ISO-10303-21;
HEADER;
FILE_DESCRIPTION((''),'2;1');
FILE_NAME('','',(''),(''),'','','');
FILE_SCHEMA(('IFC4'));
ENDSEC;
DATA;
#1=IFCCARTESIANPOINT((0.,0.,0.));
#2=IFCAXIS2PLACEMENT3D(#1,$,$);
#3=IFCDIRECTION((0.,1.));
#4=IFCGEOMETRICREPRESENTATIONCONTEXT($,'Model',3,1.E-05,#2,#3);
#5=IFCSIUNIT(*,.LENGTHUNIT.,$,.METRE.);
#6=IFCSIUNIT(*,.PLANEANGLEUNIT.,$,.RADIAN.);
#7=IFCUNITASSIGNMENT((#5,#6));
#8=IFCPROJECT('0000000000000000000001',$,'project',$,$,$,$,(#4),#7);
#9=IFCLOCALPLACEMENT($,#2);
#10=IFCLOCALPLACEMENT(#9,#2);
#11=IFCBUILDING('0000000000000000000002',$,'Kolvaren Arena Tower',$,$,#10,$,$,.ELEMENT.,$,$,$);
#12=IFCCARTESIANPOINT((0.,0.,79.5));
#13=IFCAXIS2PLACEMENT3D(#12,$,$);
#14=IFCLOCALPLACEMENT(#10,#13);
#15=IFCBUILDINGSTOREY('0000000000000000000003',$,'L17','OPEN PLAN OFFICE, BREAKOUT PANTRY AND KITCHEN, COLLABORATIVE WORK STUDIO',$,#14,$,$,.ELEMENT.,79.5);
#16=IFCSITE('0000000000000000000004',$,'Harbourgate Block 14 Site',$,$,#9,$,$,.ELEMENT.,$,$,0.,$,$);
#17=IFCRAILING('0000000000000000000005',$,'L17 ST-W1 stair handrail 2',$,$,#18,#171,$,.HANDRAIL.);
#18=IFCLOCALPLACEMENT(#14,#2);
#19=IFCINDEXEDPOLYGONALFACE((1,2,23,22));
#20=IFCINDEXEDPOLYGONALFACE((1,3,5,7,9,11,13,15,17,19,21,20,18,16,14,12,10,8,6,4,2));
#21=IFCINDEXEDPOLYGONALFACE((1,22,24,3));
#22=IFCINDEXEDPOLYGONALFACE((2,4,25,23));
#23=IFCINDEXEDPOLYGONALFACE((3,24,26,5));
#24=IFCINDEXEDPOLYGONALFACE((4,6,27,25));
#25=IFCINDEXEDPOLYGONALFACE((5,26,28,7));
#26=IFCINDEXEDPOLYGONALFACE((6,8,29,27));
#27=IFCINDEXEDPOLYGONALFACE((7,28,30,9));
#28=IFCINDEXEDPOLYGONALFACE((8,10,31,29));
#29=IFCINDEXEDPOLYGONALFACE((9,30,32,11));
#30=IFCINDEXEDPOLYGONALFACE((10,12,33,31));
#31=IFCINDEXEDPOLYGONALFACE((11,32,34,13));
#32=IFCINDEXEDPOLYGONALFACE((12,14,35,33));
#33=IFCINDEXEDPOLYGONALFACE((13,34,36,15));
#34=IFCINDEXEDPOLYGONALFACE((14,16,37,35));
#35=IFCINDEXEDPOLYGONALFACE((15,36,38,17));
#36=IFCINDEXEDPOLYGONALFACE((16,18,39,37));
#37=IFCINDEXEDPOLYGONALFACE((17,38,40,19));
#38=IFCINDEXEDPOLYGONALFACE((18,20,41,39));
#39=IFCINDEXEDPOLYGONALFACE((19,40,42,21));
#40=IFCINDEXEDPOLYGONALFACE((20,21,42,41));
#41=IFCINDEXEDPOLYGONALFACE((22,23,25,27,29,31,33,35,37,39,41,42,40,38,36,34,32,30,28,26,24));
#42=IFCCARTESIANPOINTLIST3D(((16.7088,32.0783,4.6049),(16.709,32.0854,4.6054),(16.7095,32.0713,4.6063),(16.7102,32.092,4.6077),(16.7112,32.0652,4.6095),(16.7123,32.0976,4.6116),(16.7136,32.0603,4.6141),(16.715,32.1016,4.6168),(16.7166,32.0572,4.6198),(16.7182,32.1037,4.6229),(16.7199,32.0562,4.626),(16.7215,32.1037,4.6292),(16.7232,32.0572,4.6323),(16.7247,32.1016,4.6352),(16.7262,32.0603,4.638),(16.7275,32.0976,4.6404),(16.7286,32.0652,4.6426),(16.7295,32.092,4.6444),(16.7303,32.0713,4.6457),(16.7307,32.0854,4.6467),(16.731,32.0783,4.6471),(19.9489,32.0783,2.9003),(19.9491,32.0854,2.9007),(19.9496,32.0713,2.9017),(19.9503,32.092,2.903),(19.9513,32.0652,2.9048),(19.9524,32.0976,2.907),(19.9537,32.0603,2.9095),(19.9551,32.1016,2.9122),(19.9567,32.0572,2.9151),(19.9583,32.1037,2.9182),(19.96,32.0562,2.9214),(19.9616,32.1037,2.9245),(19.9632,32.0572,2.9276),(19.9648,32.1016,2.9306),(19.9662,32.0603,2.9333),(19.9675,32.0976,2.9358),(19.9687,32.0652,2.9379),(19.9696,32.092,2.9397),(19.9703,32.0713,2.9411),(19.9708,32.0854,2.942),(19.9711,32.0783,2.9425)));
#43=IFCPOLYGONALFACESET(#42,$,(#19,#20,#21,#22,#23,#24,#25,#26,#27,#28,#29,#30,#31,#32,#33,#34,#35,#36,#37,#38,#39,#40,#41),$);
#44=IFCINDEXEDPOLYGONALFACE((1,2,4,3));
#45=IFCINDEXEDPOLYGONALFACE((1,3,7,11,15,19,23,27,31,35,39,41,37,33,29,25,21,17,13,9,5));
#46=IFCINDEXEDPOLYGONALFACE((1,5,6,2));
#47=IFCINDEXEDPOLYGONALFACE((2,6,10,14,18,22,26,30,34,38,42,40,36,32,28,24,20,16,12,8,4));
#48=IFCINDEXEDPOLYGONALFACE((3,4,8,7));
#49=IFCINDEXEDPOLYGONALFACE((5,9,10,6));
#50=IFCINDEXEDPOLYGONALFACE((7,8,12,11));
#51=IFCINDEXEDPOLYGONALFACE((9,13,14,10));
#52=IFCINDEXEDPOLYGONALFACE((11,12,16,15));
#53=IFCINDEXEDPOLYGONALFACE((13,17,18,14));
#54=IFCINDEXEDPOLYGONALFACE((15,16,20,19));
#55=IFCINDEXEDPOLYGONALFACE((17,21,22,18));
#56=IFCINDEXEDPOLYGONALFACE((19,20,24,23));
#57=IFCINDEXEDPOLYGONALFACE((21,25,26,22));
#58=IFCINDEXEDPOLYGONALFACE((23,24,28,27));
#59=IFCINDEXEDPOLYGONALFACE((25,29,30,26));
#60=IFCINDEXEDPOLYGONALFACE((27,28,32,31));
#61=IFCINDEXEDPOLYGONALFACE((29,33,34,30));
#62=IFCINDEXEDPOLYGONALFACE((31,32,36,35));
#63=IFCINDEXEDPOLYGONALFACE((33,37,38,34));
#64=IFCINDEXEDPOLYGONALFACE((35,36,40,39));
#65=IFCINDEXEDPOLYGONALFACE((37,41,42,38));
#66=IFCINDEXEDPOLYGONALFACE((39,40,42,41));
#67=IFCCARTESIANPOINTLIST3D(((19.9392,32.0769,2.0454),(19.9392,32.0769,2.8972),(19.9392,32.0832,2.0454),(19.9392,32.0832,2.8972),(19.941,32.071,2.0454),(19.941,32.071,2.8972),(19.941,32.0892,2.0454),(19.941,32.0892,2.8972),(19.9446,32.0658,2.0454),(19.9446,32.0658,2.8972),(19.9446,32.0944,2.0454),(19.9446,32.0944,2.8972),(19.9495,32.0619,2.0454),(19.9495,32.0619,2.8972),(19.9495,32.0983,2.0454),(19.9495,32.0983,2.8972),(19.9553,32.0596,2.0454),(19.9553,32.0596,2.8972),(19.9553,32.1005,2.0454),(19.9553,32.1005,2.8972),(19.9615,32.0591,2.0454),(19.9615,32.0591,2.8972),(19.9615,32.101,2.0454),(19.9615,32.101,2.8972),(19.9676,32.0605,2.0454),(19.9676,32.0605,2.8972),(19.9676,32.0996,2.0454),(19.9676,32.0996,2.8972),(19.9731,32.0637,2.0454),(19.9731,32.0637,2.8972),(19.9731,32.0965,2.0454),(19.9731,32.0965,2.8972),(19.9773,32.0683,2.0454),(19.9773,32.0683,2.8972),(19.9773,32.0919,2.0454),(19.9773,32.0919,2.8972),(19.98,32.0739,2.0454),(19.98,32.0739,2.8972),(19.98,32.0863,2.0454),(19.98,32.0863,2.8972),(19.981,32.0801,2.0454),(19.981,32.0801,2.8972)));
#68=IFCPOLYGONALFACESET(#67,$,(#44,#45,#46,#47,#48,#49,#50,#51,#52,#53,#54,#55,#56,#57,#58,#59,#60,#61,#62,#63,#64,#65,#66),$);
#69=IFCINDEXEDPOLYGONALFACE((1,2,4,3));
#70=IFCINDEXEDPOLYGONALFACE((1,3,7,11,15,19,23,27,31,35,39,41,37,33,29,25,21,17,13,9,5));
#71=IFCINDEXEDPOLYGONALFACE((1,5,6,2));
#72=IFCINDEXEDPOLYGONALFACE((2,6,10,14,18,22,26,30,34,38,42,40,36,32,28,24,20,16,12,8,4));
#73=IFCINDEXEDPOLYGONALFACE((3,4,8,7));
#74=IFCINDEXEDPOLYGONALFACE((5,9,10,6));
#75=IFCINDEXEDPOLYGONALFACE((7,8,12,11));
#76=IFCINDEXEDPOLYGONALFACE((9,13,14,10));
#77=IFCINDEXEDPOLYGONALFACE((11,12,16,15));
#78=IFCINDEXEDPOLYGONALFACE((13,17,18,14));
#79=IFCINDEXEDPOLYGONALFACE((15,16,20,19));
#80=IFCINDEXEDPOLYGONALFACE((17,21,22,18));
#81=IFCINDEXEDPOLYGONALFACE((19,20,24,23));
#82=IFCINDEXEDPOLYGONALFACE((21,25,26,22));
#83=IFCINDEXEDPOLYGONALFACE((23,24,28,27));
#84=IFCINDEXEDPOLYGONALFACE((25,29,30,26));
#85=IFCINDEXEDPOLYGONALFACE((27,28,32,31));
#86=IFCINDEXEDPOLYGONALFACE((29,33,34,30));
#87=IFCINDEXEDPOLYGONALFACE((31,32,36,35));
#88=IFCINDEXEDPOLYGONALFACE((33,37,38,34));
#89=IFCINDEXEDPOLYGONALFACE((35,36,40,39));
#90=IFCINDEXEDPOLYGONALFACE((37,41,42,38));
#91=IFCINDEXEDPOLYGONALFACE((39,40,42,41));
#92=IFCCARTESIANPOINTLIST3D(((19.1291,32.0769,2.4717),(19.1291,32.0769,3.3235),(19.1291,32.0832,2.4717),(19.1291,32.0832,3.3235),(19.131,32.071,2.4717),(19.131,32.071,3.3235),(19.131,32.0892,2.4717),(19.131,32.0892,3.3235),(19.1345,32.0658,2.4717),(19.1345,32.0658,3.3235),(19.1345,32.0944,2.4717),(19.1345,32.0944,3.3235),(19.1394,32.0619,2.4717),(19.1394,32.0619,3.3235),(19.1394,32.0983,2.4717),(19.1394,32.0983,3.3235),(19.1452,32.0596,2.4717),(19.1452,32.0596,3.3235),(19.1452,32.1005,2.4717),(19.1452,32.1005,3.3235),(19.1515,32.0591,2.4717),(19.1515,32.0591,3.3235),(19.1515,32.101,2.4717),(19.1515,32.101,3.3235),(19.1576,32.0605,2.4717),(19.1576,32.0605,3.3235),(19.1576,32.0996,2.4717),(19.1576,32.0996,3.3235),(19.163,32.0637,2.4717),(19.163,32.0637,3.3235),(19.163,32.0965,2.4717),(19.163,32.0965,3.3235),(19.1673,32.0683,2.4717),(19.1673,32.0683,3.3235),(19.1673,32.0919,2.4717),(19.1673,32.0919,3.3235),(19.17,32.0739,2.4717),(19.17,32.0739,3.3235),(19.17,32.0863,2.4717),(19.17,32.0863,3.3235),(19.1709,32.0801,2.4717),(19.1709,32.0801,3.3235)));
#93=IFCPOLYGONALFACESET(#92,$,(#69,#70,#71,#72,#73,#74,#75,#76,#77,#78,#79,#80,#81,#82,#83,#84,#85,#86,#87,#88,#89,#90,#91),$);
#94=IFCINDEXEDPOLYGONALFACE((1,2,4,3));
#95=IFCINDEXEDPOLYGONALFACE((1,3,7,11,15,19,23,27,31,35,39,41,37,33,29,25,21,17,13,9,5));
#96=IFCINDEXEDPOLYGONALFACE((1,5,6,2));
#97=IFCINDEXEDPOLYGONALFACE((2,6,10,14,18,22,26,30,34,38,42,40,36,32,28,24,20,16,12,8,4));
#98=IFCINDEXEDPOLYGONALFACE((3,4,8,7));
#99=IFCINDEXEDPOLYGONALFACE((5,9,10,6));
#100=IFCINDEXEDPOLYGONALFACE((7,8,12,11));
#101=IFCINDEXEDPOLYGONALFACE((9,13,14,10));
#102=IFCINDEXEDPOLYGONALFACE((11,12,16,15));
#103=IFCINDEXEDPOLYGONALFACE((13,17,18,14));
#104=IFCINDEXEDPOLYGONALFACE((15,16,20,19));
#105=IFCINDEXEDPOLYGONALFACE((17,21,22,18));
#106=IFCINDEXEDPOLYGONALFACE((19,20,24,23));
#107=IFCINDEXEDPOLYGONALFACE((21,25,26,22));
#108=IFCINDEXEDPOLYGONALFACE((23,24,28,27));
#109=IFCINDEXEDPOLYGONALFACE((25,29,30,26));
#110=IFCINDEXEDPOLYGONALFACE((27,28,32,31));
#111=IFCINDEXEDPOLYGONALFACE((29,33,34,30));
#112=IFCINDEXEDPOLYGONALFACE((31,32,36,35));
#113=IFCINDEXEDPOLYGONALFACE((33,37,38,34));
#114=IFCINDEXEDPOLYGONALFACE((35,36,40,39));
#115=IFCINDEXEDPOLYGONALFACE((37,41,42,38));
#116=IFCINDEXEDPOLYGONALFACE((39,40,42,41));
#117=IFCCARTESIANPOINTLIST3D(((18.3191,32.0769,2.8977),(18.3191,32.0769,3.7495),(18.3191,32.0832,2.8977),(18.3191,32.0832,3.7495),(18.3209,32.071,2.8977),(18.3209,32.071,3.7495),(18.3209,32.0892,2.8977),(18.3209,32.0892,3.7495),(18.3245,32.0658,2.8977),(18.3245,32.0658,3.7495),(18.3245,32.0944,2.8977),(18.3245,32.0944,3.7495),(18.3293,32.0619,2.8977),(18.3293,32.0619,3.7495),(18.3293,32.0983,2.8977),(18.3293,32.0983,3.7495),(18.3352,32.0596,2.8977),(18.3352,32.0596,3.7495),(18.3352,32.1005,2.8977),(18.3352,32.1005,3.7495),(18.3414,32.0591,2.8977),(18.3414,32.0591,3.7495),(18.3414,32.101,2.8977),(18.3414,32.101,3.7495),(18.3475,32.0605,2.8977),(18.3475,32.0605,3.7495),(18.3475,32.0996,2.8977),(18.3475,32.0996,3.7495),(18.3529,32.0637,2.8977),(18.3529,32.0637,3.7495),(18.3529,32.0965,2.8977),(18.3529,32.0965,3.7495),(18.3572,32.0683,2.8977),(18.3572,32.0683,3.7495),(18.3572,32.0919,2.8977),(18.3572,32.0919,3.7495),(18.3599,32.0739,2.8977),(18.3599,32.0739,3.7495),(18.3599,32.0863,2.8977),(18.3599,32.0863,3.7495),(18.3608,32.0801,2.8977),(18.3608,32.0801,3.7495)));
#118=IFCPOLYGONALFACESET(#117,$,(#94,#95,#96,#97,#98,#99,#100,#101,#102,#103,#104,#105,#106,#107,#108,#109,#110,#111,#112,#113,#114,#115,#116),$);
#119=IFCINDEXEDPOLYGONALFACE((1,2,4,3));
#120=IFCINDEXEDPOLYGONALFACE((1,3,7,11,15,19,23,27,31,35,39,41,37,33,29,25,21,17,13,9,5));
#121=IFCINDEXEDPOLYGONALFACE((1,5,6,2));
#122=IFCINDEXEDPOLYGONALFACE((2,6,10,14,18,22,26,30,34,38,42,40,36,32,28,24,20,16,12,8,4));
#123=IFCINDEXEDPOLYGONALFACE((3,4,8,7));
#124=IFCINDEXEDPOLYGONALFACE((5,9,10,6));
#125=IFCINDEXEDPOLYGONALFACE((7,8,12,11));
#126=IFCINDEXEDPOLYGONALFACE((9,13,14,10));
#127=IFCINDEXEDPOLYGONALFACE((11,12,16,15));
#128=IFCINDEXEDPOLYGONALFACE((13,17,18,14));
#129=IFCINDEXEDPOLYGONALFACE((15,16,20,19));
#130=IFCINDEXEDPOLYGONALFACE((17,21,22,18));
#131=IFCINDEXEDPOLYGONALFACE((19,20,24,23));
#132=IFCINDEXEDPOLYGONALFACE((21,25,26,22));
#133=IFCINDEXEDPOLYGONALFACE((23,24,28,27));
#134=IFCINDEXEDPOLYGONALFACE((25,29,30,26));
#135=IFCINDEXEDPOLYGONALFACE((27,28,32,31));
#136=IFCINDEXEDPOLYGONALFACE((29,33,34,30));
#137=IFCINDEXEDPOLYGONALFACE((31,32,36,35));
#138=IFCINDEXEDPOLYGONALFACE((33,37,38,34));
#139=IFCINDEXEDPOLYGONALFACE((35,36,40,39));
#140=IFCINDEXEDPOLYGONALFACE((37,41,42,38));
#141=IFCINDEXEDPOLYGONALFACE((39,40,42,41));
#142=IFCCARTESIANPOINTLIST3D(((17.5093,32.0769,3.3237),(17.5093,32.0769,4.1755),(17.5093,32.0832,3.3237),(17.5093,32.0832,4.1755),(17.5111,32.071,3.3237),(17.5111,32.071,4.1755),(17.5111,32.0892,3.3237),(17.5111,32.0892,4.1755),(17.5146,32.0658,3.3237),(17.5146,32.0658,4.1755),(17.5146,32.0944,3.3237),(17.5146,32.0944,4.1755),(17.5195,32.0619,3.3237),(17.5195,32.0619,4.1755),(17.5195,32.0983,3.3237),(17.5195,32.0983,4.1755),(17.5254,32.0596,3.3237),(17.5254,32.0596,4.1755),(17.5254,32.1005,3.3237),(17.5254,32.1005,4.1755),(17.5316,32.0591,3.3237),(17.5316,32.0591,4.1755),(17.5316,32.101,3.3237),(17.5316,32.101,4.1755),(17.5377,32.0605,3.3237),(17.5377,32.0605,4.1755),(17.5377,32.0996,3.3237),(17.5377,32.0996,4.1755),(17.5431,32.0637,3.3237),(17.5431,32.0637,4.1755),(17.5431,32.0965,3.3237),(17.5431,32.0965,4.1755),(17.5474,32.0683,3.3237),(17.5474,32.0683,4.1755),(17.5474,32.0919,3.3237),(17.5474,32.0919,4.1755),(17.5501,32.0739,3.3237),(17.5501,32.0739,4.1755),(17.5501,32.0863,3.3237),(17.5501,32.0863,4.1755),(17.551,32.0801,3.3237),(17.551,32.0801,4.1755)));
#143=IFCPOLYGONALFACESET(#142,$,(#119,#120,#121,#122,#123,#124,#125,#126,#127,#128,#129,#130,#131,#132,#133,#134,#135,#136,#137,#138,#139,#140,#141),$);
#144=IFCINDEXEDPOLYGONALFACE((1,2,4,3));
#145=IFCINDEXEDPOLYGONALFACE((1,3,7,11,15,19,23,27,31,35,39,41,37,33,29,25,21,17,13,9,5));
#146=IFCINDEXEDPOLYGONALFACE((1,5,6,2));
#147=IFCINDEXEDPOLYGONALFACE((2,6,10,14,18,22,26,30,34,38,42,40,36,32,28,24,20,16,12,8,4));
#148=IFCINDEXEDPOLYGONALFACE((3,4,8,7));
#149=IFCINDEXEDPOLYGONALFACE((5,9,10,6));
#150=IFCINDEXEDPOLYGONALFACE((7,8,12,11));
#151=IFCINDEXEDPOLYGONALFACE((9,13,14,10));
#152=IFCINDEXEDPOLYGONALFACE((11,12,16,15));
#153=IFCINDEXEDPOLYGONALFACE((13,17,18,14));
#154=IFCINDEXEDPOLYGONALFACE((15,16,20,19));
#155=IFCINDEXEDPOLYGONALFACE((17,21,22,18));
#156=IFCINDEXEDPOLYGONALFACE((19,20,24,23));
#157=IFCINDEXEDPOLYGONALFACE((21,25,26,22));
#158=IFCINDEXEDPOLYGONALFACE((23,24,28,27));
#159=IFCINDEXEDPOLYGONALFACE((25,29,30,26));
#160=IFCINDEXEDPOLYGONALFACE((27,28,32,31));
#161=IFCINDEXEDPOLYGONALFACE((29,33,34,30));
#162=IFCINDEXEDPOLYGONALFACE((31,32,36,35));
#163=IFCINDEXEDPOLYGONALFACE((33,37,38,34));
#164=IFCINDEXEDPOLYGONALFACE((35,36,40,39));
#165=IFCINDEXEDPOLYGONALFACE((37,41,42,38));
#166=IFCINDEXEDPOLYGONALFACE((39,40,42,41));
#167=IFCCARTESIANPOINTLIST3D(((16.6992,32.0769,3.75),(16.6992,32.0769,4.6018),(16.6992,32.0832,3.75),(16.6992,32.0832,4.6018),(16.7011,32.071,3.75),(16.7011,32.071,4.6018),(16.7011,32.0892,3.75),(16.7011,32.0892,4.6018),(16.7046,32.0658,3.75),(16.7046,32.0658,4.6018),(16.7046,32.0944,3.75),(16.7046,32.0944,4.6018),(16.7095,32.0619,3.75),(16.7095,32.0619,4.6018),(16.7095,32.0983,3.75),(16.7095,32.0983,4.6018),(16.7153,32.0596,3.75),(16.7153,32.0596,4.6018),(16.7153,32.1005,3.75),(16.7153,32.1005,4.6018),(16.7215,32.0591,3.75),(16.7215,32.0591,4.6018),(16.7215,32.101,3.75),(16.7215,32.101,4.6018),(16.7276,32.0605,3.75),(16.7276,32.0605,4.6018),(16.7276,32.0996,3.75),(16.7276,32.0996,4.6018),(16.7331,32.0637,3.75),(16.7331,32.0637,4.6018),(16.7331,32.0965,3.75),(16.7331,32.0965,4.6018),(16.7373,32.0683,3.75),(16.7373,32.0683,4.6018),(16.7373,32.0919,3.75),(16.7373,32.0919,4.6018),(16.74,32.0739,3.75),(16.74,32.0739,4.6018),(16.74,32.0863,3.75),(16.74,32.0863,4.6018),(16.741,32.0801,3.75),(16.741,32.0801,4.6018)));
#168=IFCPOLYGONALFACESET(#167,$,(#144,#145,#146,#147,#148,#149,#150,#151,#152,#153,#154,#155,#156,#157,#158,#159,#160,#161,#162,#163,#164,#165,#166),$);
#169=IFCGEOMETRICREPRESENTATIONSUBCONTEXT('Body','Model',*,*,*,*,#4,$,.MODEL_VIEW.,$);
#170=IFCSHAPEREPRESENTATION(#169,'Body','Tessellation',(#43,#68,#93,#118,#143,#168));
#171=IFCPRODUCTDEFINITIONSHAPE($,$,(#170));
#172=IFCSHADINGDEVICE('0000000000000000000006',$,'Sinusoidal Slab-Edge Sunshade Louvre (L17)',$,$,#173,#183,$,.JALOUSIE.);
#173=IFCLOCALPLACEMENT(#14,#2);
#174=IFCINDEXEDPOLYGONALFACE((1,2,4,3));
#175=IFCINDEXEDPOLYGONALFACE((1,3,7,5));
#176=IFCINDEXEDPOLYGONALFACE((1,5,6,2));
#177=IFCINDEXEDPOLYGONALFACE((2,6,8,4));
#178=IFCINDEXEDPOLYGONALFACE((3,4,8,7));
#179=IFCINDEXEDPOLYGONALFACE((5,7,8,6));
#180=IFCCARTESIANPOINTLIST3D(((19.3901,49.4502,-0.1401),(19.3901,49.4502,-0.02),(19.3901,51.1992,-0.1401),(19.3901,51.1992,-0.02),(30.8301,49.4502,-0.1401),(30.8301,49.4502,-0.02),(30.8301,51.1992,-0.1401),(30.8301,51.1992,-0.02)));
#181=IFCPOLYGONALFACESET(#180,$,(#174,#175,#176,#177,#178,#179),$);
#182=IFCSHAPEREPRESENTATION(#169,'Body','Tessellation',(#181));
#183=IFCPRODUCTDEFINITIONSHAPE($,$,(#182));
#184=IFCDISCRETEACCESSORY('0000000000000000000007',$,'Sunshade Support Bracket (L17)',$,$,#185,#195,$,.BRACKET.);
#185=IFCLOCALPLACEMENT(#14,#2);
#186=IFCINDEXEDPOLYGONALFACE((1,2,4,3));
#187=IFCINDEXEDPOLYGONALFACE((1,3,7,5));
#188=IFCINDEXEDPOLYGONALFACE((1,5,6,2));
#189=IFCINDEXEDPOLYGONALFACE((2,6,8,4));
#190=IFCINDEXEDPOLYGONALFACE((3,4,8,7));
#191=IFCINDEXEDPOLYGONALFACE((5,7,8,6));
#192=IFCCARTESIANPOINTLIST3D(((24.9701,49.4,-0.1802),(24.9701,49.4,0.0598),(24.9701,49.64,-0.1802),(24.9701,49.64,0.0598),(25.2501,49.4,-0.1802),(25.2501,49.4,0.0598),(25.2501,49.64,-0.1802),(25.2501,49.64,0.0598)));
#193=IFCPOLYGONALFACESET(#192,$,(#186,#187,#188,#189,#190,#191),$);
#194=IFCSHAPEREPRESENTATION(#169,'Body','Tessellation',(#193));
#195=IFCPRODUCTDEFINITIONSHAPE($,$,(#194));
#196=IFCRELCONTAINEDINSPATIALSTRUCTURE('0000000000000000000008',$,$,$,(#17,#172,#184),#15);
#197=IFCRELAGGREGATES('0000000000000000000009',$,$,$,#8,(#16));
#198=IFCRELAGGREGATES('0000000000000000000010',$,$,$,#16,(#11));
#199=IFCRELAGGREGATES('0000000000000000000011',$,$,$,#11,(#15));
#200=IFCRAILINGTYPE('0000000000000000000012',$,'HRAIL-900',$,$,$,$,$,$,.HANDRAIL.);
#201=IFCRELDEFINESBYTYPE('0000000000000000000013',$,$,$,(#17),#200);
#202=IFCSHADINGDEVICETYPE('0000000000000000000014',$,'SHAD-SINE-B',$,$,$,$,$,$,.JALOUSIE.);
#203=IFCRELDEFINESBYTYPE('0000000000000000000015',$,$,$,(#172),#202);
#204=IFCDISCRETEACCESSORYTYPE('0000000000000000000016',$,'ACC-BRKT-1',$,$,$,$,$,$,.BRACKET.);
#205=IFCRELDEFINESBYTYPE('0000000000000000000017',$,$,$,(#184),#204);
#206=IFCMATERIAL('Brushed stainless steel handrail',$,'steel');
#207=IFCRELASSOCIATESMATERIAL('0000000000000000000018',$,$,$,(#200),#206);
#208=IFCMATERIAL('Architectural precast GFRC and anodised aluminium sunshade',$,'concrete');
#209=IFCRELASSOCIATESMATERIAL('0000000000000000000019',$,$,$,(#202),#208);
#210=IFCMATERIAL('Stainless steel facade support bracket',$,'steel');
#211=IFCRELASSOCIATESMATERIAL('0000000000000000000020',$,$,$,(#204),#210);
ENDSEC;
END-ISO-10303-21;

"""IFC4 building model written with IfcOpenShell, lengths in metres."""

from ifc_helpers import new_model, si_unit, direction, frame, origin, origin_2d, place, context, subcontext, project, spatial, rectangle, circle, extrude, material, type_object, element, save


model = new_model("IFC4")

# Units and contexts
model_context = context("Model", 3, precision=1e-05, world=origin(), true_north=direction((0.0, 1.0)))
body_context = subcontext(model_context, "Body", "Model", "MODEL_VIEW")
ifc_project = project(units=[si_unit("LENGTHUNIT", "METRE"), si_unit("PLANEANGLEUNIT", "RADIAN")], contexts=[model_context])

# Site, building, storey
site_placement = place(None, origin())
site = spatial("IfcSite", under=ifc_project, at=site_placement, Name="Harbourgate Block 14 Site", CompositionType="ELEMENT", RefElevation=0.0)
building_placement = place(site_placement, origin())
building = spatial("IfcBuilding", under=site, at=building_placement, Name="Kolvaren Arena Tower", CompositionType="ELEMENT")
storey_placement = place(building_placement, frame((0.0, 0.0, 79.5)))
storey = spatial("IfcBuildingStorey", under=building, at=storey_placement, Name="L17", Description="OPEN PLAN OFFICE, BREAKOUT PANTRY AND KITCHEN, COLLABORATIVE WORK STUDIO", CompositionType="ELEMENT", Elevation=79.5)

# Railing
ifc_material_1 = material(Name="Brushed stainless steel handrail", Category="steel")
railing_type_1 = type_object("IfcRailingType", Name="HRAIL-900", PredefinedType="HANDRAIL", material=ifc_material_1)
railing_1_placement = place(storey_placement, frame((19.96, 32.0801, 2.0454)))
element("IfcRailing", 1, at=railing_1_placement, inside=storey, type_object=railing_type_1, Name="L17 ST-W1 stair handrail 2", PredefinedType="HANDRAIL", context=body_context, shape_type="SweptSolid", body=[
    extrude(circle(Radius=0.0239, at=origin_2d()), frame((0.0, 0.0, 0.876), z_axis=(-0.884993, 0.0, 0.465604), x_axis=(0.0, -1.0, 0.0)), (0.0, 0.0, 1.0), 3.6611),
    extrude(circle(Radius=0.021, at=origin_2d()), origin(), (0.0, 0.0, 1.0), 0.8518),
    extrude(circle(Radius=0.021, at=origin_2d()), frame((-0.8101, 0.0, 0.4263)), (0.0, 0.0, 1.0), 0.8518),
    extrude(circle(Radius=0.021, at=origin_2d()), frame((-1.6201, 0.0, 0.8523)), (0.0, 0.0, 1.0), 0.8518),
    extrude(circle(Radius=0.021, at=origin_2d()), frame((-2.4299, 0.0, 1.2783)), (0.0, 0.0, 1.0), 0.8518),
    extrude(circle(Radius=0.021, at=origin_2d()), frame((-3.24, 0.0, 1.7046)), (0.0, 0.0, 1.0), 0.8518),
])

# Shading device
ifc_material_2 = material(Name="Architectural precast GFRC and anodised aluminium sunshade", Category="concrete")
shading_device_type = type_object("IfcShadingDeviceType", Name="SHAD-SINE-B", PredefinedType="JALOUSIE", material=ifc_material_2)
shading_device_placement = place(storey_placement, frame((25.1101, 50.3247, -0.1401), z_axis=(0.0, 0.0, 1.0), x_axis=(1.0, 0.0, 0.0)))
element("IfcShadingDevice", 2, at=shading_device_placement, inside=storey, type_object=shading_device_type, Name="Sinusoidal Slab-Edge Sunshade Louvre (L17)", PredefinedType="JALOUSIE", context=body_context, shape_type="SweptSolid", body=[
    extrude(rectangle(XDim=11.4399, YDim=1.749, at=origin_2d()), origin(), (0.0, 0.0, 1.0), 0.1201),
])

# Discrete accessory
ifc_material_3 = material(Name="Stainless steel facade support bracket", Category="steel")
discrete_accessory_type = type_object("IfcDiscreteAccessoryType", Name="ACC-BRKT-1", PredefinedType="BRACKET", material=ifc_material_3)
discrete_accessory_placement = place(storey_placement, frame((25.1101, 49.52, -0.1802), z_axis=(0.0, 0.0, 1.0), x_axis=(1.0, 0.0, 0.0)))
element("IfcDiscreteAccessory", 3, at=discrete_accessory_placement, inside=storey, type_object=discrete_accessory_type, Name="Sunshade Support Bracket (L17)", PredefinedType="BRACKET", context=body_context, shape_type="SweptSolid", body=[
    extrude(rectangle(XDim=0.28, YDim=0.24, at=origin_2d()), origin(), (0.0, 0.0, 1.0), 0.24),
])

save(model, "model.ifc")
